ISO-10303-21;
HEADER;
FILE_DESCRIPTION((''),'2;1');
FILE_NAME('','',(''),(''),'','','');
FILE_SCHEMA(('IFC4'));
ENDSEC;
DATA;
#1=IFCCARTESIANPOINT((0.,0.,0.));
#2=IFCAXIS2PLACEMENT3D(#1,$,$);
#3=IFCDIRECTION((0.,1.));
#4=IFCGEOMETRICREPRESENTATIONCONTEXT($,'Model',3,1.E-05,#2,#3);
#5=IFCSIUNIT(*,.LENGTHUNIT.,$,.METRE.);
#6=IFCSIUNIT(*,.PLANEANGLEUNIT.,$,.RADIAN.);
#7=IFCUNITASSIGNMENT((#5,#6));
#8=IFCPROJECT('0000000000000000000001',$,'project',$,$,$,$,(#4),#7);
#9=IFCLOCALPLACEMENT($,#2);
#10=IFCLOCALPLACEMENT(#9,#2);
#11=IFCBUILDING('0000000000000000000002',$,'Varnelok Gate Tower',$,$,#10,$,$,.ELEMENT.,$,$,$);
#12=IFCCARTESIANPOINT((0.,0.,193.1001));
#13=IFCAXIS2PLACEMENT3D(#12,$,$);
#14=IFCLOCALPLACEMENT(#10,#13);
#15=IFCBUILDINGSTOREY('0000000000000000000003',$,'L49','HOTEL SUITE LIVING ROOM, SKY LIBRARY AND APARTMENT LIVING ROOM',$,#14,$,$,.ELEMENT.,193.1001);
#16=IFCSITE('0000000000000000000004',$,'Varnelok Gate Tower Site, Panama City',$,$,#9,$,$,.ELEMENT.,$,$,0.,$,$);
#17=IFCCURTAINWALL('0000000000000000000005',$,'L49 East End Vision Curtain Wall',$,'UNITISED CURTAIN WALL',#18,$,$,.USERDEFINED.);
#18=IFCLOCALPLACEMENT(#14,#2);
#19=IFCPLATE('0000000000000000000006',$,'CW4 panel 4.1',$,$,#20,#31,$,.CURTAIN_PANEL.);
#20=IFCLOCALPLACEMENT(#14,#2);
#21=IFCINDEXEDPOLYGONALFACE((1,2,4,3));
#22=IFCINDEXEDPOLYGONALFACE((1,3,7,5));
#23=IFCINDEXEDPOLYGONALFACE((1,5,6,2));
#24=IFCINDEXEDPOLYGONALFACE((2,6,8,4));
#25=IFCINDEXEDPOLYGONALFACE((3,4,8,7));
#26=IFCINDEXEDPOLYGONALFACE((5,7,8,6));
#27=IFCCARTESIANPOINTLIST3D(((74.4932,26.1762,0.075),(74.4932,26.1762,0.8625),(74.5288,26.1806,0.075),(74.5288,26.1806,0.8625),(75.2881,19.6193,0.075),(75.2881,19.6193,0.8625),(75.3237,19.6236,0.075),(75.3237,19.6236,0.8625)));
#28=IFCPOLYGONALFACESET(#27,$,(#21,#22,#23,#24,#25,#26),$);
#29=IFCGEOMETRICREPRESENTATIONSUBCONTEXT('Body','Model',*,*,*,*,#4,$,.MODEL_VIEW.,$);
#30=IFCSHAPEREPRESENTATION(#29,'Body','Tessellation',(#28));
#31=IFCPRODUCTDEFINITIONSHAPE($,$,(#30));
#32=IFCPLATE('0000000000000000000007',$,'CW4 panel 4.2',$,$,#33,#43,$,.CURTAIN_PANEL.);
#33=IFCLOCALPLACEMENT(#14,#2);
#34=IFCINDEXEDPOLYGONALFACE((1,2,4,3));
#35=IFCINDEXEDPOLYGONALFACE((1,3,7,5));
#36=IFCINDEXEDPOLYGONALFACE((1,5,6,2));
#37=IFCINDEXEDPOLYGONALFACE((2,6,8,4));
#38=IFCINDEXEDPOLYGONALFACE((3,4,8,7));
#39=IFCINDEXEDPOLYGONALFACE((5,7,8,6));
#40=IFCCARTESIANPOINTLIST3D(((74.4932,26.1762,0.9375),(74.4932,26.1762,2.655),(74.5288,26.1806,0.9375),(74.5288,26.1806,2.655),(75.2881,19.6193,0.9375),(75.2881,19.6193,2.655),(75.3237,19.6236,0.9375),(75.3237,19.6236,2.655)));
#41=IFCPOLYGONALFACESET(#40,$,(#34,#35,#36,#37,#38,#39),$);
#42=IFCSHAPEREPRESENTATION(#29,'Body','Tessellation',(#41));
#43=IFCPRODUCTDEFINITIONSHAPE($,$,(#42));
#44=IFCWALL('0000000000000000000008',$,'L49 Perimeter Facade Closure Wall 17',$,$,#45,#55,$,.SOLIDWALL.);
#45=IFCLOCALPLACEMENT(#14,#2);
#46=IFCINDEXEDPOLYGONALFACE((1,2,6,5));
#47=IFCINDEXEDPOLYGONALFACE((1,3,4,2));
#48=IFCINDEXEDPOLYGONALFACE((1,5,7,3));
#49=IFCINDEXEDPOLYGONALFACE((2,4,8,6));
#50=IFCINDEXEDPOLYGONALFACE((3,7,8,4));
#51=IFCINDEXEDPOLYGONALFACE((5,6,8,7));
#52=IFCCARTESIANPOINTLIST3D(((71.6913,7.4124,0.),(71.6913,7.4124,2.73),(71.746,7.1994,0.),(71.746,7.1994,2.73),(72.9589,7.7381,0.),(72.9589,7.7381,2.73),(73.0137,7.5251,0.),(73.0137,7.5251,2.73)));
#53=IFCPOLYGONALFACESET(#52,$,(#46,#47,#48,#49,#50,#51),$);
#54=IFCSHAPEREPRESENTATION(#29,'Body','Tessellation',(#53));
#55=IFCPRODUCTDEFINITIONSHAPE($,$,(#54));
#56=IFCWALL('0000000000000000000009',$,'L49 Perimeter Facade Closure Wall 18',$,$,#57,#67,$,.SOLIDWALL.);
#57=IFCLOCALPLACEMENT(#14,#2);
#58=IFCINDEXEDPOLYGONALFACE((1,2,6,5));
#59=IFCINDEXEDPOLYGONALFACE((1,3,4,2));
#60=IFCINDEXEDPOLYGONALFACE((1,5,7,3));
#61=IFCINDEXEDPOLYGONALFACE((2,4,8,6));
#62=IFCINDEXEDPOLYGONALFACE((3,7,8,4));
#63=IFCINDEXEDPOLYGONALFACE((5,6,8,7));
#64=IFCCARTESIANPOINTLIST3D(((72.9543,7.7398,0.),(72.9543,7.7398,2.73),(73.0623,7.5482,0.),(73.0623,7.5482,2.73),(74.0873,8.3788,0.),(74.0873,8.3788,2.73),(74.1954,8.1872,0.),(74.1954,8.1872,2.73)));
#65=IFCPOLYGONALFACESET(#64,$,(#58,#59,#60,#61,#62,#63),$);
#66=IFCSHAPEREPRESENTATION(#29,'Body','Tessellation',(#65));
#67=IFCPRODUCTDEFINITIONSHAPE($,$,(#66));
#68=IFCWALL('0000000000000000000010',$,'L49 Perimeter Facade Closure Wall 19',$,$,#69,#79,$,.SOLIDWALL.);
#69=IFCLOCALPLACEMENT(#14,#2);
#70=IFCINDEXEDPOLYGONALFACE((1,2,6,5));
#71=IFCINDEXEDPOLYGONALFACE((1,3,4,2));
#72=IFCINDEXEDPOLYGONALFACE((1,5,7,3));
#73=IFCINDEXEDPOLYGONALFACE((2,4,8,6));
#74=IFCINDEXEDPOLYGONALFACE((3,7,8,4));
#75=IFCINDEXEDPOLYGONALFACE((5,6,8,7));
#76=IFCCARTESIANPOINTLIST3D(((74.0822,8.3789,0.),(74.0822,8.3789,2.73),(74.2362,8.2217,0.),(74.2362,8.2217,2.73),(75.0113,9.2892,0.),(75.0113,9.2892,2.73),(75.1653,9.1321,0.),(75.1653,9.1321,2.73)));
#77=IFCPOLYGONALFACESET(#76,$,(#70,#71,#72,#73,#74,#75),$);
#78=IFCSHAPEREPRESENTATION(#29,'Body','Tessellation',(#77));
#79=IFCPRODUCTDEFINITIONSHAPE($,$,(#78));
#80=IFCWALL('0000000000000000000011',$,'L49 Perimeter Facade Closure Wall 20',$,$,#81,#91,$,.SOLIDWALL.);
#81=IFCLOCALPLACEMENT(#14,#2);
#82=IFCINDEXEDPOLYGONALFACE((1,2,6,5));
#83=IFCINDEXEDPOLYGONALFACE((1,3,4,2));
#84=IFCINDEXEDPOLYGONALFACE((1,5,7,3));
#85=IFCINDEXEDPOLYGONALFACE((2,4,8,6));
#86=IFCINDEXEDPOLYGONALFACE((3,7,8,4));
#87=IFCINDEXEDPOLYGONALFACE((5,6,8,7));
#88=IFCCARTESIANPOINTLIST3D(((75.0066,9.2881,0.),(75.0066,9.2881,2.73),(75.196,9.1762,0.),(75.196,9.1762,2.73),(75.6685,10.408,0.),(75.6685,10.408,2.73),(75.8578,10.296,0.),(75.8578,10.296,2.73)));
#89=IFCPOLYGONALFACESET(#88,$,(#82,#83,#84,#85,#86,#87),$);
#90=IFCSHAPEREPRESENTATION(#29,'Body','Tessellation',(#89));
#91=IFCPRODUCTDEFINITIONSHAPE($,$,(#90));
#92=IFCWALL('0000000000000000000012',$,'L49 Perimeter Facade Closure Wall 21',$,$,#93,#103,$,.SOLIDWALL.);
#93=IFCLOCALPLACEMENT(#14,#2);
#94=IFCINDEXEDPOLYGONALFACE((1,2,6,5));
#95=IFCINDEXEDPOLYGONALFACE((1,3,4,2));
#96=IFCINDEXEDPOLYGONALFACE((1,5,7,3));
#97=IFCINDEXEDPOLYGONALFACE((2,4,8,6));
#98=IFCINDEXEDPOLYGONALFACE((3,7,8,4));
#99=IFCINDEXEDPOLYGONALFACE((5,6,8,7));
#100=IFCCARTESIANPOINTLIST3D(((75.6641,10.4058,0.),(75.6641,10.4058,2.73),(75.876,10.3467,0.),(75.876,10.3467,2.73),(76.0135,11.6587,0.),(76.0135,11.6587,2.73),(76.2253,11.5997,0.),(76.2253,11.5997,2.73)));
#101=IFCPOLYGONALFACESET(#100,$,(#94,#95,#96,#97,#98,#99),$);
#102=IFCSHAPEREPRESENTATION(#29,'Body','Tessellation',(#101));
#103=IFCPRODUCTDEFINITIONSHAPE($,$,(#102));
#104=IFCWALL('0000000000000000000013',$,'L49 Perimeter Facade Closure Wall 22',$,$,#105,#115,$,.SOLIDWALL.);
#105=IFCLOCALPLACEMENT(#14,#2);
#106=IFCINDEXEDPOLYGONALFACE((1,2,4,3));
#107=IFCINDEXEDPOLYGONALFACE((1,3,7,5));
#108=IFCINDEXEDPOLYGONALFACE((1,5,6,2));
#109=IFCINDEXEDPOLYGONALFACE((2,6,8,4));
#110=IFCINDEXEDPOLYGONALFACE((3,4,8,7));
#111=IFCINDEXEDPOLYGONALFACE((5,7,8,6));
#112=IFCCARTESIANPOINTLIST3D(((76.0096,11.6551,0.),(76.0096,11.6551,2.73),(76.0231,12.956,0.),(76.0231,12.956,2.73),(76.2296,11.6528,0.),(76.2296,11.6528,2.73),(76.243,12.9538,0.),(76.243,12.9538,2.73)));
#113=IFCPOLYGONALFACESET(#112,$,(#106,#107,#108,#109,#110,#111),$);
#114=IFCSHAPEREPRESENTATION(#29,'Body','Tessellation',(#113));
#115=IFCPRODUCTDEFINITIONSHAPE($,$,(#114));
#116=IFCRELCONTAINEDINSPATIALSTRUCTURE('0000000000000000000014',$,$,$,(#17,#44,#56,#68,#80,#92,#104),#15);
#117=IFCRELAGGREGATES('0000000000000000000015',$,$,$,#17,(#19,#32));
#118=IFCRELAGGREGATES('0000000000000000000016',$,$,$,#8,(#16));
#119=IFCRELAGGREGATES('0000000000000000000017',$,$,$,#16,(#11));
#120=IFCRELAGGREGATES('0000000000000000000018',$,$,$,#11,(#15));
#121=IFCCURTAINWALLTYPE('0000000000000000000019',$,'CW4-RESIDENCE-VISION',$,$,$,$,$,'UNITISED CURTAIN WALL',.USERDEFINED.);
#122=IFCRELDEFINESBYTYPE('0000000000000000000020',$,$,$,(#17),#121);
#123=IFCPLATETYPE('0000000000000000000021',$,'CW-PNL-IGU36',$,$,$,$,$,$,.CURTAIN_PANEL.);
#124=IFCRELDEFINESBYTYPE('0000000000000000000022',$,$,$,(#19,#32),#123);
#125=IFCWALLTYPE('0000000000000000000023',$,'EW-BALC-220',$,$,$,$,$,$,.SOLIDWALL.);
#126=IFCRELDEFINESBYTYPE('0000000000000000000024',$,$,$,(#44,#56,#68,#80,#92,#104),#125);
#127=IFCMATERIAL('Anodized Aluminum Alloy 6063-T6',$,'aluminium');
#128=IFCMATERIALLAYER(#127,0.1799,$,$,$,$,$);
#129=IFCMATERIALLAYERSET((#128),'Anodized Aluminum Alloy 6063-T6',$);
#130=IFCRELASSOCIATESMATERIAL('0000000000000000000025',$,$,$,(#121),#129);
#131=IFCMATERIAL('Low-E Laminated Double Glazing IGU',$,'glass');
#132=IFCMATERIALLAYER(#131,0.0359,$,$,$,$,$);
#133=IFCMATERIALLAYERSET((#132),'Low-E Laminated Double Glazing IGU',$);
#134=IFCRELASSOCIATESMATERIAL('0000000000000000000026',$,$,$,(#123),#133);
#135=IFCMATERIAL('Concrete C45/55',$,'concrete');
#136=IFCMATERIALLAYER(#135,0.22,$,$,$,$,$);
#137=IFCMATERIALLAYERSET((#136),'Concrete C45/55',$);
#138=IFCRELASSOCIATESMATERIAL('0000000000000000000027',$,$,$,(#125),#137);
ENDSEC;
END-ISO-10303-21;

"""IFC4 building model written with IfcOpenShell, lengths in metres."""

from ifc_helpers import new_model, si_unit, direction, frame, frame_2d, origin, origin_2d, place, context, subcontext, project, spatial, rectangle, extrude, source, transform, mapped, material, layer, layer_set, type_object, element, aggregate, save


model = new_model("IFC4")

# Units and contexts
model_context = context("Model", 3, precision=1e-05, world=origin(), true_north=direction((0.0, 1.0)))
body_context = subcontext(model_context, "Body", "Model", "MODEL_VIEW")
ifc_project = project(units=[si_unit("LENGTHUNIT", "METRE"), si_unit("PLANEANGLEUNIT", "RADIAN")], contexts=[model_context])

# Site, building, storey
site_placement = place(None, origin())
site = spatial("IfcSite", under=ifc_project, at=site_placement, Name="Varnelok Gate Tower Site, Panama City", CompositionType="ELEMENT", RefElevation=0.0)
building_placement = place(site_placement, origin())
building = spatial("IfcBuilding", under=site, at=building_placement, Name="Varnelok Gate Tower", CompositionType="ELEMENT")
storey_placement = place(building_placement, frame((0.0, 0.0, 193.1001)))
storey = spatial("IfcBuildingStorey", under=building, at=storey_placement, Name="L49", Description="HOTEL SUITE LIVING ROOM, SKY LIBRARY AND APARTMENT LIVING ROOM", CompositionType="ELEMENT", Elevation=193.1001)

# Curtain wall, plates
ifc_material_1 = material(Name="Anodized Aluminum Alloy 6063-T6", Category="aluminium")
ifc_layer_1 = layer(ifc_material_1, 0.1799)
ifc_layer_set_1 = layer_set([ifc_layer_1], Name="Anodized Aluminum Alloy 6063-T6")
curtain_wall_type = type_object("IfcCurtainWallType", Name="CW4-RESIDENCE-VISION", ElementType="UNITISED CURTAIN WALL", PredefinedType="USERDEFINED", material=ifc_layer_set_1)
curtain_wall_placement = place(storey_placement, origin())
curtain_wall = element("IfcCurtainWall", 1, at=curtain_wall_placement, inside=storey, type_object=curtain_wall_type, Name="L49 East End Vision Curtain Wall", ObjectType="UNITISED CURTAIN WALL", PredefinedType="USERDEFINED")
ifc_material_2 = material(Name="Low-E Laminated Double Glazing IGU", Category="glass")
ifc_layer_2 = layer(ifc_material_2, 0.0359)
ifc_layer_set_2 = layer_set([ifc_layer_2], Name="Low-E Laminated Double Glazing IGU")
plate_type = type_object("IfcPlateType", Name="CW-PNL-IGU36", PredefinedType="CURTAIN_PANEL", material=ifc_layer_set_2)
shared_shape_1 = source(origin(), body_context, "Body", "SweptSolid", [
    extrude(rectangle(XDim=6.605, YDim=0.0359, at=origin_2d()), origin(), (0.0, 0.0, 1.0), 0.7876),
])
plate_1_placement = place(storey_placement, frame((74.9084, 22.8999, 0.075), z_axis=(0.0, 0.0, 1.0), x_axis=(0.120345, -0.992732, 0.0)))
plate_1 = element("IfcPlate", 2, at=plate_1_placement, type_object=plate_type, Name="CW4 panel 4.1", PredefinedType="CURTAIN_PANEL", context=body_context, shape_type="MappedRepresentation", body=[
    mapped(shared_shape_1, transform((0.0, 0.0, 0.0), scale=1.0)),
])
shared_shape_2 = source(origin(), body_context, "Body", "SweptSolid", [
    extrude(rectangle(XDim=6.605, YDim=0.0359, at=origin_2d()), origin(), (0.0, 0.0, 1.0), 1.7175),
])
plate_2_placement = place(storey_placement, frame((74.9084, 22.8999, 0.9375), z_axis=(0.0, 0.0, 1.0), x_axis=(0.120345, -0.992732, 0.0)))
plate_2 = element("IfcPlate", 3, at=plate_2_placement, type_object=plate_type, Name="CW4 panel 4.2", PredefinedType="CURTAIN_PANEL", context=body_context, shape_type="MappedRepresentation", body=[
    mapped(shared_shape_2, transform((0.0, 0.0, 0.0), scale=1.0)),
])
aggregate(curtain_wall, [plate_1, plate_2])

# Walls
ifc_material_3 = material(Name="Concrete C45/55", Category="concrete")
ifc_layer_3 = layer(ifc_material_3, 0.22)
ifc_layer_set_3 = layer_set([ifc_layer_3], Name="Concrete C45/55")
wall_type = type_object("IfcWallType", Name="EW-BALC-220", PredefinedType="SOLIDWALL", material=ifc_layer_set_3)
wall_1_placement = place(storey_placement, frame((71.7188, 7.3059, 0.0), z_axis=(0.0, 0.0, 1.0), x_axis=(0.968542, 0.248851, 0.0)))
element("IfcWall", 4, at=wall_1_placement, inside=storey, type_object=wall_type, Name="L49 Perimeter Facade Closure Wall 17", PredefinedType="SOLIDWALL", context=body_context, shape_type="SweptSolid", body=[
    extrude(rectangle(XDim=1.3088, YDim=0.22, at=frame_2d((0.6543, 0.0))), origin(), (0.0, 0.0, 1.0), 2.73),
])
for number, where, z_axis, x_axis, name in (
    (5, (73.0083, 7.644, 0.0), (0.0, 0.0, 1.0), (0.871059, 0.491179, 0.0), "L49 Perimeter Facade Closure Wall 18"),
    (6, (74.1592, 8.3003, 0.0), (0.0, 0.0, 1.0), (0.714295, 0.699844, 0.0), "L49 Perimeter Facade Closure Wall 19"),
    (7, (75.1013, 9.2322, 0.0), (0.0, 0.0, 1.0), (0.508799, 0.860885, 0.0), "L49 Perimeter Facade Closure Wall 20"),
    (8, (75.77, 10.3762, 0.0), (0.0, 0.0, 1.0), (0.268592, 0.963254, 0.0), "L49 Perimeter Facade Closure Wall 21"),
):
    element("IfcWall", number, at=place(storey_placement, frame(where, z_axis=z_axis, x_axis=x_axis)), inside=storey, type_object=wall_type, Name=name, PredefinedType="SOLIDWALL", context=body_context, shape_type="SweptSolid", body=[
        extrude(rectangle(XDim=1.3008, YDim=0.22, at=frame_2d((0.6504, 0.0))), origin(), (0.0, 0.0, 1.0), 2.73),
    ])
wall_2_placement = place(storey_placement, frame((76.1196, 11.6541, 0.0), z_axis=(0.0, 0.0, 1.0), x_axis=(0.01032, 0.999947, 0.0)))
element("IfcWall", 9, at=wall_2_placement, inside=storey, type_object=wall_type, Name="L49 Perimeter Facade Closure Wall 22", PredefinedType="SOLIDWALL", context=body_context, shape_type="SweptSolid", body=[
    extrude(rectangle(XDim=1.301, YDim=0.22, at=frame_2d((0.6504, 0.0))), origin(), (0.0, 0.0, 1.0), 2.73),
])

save(model, "model.ifc")
